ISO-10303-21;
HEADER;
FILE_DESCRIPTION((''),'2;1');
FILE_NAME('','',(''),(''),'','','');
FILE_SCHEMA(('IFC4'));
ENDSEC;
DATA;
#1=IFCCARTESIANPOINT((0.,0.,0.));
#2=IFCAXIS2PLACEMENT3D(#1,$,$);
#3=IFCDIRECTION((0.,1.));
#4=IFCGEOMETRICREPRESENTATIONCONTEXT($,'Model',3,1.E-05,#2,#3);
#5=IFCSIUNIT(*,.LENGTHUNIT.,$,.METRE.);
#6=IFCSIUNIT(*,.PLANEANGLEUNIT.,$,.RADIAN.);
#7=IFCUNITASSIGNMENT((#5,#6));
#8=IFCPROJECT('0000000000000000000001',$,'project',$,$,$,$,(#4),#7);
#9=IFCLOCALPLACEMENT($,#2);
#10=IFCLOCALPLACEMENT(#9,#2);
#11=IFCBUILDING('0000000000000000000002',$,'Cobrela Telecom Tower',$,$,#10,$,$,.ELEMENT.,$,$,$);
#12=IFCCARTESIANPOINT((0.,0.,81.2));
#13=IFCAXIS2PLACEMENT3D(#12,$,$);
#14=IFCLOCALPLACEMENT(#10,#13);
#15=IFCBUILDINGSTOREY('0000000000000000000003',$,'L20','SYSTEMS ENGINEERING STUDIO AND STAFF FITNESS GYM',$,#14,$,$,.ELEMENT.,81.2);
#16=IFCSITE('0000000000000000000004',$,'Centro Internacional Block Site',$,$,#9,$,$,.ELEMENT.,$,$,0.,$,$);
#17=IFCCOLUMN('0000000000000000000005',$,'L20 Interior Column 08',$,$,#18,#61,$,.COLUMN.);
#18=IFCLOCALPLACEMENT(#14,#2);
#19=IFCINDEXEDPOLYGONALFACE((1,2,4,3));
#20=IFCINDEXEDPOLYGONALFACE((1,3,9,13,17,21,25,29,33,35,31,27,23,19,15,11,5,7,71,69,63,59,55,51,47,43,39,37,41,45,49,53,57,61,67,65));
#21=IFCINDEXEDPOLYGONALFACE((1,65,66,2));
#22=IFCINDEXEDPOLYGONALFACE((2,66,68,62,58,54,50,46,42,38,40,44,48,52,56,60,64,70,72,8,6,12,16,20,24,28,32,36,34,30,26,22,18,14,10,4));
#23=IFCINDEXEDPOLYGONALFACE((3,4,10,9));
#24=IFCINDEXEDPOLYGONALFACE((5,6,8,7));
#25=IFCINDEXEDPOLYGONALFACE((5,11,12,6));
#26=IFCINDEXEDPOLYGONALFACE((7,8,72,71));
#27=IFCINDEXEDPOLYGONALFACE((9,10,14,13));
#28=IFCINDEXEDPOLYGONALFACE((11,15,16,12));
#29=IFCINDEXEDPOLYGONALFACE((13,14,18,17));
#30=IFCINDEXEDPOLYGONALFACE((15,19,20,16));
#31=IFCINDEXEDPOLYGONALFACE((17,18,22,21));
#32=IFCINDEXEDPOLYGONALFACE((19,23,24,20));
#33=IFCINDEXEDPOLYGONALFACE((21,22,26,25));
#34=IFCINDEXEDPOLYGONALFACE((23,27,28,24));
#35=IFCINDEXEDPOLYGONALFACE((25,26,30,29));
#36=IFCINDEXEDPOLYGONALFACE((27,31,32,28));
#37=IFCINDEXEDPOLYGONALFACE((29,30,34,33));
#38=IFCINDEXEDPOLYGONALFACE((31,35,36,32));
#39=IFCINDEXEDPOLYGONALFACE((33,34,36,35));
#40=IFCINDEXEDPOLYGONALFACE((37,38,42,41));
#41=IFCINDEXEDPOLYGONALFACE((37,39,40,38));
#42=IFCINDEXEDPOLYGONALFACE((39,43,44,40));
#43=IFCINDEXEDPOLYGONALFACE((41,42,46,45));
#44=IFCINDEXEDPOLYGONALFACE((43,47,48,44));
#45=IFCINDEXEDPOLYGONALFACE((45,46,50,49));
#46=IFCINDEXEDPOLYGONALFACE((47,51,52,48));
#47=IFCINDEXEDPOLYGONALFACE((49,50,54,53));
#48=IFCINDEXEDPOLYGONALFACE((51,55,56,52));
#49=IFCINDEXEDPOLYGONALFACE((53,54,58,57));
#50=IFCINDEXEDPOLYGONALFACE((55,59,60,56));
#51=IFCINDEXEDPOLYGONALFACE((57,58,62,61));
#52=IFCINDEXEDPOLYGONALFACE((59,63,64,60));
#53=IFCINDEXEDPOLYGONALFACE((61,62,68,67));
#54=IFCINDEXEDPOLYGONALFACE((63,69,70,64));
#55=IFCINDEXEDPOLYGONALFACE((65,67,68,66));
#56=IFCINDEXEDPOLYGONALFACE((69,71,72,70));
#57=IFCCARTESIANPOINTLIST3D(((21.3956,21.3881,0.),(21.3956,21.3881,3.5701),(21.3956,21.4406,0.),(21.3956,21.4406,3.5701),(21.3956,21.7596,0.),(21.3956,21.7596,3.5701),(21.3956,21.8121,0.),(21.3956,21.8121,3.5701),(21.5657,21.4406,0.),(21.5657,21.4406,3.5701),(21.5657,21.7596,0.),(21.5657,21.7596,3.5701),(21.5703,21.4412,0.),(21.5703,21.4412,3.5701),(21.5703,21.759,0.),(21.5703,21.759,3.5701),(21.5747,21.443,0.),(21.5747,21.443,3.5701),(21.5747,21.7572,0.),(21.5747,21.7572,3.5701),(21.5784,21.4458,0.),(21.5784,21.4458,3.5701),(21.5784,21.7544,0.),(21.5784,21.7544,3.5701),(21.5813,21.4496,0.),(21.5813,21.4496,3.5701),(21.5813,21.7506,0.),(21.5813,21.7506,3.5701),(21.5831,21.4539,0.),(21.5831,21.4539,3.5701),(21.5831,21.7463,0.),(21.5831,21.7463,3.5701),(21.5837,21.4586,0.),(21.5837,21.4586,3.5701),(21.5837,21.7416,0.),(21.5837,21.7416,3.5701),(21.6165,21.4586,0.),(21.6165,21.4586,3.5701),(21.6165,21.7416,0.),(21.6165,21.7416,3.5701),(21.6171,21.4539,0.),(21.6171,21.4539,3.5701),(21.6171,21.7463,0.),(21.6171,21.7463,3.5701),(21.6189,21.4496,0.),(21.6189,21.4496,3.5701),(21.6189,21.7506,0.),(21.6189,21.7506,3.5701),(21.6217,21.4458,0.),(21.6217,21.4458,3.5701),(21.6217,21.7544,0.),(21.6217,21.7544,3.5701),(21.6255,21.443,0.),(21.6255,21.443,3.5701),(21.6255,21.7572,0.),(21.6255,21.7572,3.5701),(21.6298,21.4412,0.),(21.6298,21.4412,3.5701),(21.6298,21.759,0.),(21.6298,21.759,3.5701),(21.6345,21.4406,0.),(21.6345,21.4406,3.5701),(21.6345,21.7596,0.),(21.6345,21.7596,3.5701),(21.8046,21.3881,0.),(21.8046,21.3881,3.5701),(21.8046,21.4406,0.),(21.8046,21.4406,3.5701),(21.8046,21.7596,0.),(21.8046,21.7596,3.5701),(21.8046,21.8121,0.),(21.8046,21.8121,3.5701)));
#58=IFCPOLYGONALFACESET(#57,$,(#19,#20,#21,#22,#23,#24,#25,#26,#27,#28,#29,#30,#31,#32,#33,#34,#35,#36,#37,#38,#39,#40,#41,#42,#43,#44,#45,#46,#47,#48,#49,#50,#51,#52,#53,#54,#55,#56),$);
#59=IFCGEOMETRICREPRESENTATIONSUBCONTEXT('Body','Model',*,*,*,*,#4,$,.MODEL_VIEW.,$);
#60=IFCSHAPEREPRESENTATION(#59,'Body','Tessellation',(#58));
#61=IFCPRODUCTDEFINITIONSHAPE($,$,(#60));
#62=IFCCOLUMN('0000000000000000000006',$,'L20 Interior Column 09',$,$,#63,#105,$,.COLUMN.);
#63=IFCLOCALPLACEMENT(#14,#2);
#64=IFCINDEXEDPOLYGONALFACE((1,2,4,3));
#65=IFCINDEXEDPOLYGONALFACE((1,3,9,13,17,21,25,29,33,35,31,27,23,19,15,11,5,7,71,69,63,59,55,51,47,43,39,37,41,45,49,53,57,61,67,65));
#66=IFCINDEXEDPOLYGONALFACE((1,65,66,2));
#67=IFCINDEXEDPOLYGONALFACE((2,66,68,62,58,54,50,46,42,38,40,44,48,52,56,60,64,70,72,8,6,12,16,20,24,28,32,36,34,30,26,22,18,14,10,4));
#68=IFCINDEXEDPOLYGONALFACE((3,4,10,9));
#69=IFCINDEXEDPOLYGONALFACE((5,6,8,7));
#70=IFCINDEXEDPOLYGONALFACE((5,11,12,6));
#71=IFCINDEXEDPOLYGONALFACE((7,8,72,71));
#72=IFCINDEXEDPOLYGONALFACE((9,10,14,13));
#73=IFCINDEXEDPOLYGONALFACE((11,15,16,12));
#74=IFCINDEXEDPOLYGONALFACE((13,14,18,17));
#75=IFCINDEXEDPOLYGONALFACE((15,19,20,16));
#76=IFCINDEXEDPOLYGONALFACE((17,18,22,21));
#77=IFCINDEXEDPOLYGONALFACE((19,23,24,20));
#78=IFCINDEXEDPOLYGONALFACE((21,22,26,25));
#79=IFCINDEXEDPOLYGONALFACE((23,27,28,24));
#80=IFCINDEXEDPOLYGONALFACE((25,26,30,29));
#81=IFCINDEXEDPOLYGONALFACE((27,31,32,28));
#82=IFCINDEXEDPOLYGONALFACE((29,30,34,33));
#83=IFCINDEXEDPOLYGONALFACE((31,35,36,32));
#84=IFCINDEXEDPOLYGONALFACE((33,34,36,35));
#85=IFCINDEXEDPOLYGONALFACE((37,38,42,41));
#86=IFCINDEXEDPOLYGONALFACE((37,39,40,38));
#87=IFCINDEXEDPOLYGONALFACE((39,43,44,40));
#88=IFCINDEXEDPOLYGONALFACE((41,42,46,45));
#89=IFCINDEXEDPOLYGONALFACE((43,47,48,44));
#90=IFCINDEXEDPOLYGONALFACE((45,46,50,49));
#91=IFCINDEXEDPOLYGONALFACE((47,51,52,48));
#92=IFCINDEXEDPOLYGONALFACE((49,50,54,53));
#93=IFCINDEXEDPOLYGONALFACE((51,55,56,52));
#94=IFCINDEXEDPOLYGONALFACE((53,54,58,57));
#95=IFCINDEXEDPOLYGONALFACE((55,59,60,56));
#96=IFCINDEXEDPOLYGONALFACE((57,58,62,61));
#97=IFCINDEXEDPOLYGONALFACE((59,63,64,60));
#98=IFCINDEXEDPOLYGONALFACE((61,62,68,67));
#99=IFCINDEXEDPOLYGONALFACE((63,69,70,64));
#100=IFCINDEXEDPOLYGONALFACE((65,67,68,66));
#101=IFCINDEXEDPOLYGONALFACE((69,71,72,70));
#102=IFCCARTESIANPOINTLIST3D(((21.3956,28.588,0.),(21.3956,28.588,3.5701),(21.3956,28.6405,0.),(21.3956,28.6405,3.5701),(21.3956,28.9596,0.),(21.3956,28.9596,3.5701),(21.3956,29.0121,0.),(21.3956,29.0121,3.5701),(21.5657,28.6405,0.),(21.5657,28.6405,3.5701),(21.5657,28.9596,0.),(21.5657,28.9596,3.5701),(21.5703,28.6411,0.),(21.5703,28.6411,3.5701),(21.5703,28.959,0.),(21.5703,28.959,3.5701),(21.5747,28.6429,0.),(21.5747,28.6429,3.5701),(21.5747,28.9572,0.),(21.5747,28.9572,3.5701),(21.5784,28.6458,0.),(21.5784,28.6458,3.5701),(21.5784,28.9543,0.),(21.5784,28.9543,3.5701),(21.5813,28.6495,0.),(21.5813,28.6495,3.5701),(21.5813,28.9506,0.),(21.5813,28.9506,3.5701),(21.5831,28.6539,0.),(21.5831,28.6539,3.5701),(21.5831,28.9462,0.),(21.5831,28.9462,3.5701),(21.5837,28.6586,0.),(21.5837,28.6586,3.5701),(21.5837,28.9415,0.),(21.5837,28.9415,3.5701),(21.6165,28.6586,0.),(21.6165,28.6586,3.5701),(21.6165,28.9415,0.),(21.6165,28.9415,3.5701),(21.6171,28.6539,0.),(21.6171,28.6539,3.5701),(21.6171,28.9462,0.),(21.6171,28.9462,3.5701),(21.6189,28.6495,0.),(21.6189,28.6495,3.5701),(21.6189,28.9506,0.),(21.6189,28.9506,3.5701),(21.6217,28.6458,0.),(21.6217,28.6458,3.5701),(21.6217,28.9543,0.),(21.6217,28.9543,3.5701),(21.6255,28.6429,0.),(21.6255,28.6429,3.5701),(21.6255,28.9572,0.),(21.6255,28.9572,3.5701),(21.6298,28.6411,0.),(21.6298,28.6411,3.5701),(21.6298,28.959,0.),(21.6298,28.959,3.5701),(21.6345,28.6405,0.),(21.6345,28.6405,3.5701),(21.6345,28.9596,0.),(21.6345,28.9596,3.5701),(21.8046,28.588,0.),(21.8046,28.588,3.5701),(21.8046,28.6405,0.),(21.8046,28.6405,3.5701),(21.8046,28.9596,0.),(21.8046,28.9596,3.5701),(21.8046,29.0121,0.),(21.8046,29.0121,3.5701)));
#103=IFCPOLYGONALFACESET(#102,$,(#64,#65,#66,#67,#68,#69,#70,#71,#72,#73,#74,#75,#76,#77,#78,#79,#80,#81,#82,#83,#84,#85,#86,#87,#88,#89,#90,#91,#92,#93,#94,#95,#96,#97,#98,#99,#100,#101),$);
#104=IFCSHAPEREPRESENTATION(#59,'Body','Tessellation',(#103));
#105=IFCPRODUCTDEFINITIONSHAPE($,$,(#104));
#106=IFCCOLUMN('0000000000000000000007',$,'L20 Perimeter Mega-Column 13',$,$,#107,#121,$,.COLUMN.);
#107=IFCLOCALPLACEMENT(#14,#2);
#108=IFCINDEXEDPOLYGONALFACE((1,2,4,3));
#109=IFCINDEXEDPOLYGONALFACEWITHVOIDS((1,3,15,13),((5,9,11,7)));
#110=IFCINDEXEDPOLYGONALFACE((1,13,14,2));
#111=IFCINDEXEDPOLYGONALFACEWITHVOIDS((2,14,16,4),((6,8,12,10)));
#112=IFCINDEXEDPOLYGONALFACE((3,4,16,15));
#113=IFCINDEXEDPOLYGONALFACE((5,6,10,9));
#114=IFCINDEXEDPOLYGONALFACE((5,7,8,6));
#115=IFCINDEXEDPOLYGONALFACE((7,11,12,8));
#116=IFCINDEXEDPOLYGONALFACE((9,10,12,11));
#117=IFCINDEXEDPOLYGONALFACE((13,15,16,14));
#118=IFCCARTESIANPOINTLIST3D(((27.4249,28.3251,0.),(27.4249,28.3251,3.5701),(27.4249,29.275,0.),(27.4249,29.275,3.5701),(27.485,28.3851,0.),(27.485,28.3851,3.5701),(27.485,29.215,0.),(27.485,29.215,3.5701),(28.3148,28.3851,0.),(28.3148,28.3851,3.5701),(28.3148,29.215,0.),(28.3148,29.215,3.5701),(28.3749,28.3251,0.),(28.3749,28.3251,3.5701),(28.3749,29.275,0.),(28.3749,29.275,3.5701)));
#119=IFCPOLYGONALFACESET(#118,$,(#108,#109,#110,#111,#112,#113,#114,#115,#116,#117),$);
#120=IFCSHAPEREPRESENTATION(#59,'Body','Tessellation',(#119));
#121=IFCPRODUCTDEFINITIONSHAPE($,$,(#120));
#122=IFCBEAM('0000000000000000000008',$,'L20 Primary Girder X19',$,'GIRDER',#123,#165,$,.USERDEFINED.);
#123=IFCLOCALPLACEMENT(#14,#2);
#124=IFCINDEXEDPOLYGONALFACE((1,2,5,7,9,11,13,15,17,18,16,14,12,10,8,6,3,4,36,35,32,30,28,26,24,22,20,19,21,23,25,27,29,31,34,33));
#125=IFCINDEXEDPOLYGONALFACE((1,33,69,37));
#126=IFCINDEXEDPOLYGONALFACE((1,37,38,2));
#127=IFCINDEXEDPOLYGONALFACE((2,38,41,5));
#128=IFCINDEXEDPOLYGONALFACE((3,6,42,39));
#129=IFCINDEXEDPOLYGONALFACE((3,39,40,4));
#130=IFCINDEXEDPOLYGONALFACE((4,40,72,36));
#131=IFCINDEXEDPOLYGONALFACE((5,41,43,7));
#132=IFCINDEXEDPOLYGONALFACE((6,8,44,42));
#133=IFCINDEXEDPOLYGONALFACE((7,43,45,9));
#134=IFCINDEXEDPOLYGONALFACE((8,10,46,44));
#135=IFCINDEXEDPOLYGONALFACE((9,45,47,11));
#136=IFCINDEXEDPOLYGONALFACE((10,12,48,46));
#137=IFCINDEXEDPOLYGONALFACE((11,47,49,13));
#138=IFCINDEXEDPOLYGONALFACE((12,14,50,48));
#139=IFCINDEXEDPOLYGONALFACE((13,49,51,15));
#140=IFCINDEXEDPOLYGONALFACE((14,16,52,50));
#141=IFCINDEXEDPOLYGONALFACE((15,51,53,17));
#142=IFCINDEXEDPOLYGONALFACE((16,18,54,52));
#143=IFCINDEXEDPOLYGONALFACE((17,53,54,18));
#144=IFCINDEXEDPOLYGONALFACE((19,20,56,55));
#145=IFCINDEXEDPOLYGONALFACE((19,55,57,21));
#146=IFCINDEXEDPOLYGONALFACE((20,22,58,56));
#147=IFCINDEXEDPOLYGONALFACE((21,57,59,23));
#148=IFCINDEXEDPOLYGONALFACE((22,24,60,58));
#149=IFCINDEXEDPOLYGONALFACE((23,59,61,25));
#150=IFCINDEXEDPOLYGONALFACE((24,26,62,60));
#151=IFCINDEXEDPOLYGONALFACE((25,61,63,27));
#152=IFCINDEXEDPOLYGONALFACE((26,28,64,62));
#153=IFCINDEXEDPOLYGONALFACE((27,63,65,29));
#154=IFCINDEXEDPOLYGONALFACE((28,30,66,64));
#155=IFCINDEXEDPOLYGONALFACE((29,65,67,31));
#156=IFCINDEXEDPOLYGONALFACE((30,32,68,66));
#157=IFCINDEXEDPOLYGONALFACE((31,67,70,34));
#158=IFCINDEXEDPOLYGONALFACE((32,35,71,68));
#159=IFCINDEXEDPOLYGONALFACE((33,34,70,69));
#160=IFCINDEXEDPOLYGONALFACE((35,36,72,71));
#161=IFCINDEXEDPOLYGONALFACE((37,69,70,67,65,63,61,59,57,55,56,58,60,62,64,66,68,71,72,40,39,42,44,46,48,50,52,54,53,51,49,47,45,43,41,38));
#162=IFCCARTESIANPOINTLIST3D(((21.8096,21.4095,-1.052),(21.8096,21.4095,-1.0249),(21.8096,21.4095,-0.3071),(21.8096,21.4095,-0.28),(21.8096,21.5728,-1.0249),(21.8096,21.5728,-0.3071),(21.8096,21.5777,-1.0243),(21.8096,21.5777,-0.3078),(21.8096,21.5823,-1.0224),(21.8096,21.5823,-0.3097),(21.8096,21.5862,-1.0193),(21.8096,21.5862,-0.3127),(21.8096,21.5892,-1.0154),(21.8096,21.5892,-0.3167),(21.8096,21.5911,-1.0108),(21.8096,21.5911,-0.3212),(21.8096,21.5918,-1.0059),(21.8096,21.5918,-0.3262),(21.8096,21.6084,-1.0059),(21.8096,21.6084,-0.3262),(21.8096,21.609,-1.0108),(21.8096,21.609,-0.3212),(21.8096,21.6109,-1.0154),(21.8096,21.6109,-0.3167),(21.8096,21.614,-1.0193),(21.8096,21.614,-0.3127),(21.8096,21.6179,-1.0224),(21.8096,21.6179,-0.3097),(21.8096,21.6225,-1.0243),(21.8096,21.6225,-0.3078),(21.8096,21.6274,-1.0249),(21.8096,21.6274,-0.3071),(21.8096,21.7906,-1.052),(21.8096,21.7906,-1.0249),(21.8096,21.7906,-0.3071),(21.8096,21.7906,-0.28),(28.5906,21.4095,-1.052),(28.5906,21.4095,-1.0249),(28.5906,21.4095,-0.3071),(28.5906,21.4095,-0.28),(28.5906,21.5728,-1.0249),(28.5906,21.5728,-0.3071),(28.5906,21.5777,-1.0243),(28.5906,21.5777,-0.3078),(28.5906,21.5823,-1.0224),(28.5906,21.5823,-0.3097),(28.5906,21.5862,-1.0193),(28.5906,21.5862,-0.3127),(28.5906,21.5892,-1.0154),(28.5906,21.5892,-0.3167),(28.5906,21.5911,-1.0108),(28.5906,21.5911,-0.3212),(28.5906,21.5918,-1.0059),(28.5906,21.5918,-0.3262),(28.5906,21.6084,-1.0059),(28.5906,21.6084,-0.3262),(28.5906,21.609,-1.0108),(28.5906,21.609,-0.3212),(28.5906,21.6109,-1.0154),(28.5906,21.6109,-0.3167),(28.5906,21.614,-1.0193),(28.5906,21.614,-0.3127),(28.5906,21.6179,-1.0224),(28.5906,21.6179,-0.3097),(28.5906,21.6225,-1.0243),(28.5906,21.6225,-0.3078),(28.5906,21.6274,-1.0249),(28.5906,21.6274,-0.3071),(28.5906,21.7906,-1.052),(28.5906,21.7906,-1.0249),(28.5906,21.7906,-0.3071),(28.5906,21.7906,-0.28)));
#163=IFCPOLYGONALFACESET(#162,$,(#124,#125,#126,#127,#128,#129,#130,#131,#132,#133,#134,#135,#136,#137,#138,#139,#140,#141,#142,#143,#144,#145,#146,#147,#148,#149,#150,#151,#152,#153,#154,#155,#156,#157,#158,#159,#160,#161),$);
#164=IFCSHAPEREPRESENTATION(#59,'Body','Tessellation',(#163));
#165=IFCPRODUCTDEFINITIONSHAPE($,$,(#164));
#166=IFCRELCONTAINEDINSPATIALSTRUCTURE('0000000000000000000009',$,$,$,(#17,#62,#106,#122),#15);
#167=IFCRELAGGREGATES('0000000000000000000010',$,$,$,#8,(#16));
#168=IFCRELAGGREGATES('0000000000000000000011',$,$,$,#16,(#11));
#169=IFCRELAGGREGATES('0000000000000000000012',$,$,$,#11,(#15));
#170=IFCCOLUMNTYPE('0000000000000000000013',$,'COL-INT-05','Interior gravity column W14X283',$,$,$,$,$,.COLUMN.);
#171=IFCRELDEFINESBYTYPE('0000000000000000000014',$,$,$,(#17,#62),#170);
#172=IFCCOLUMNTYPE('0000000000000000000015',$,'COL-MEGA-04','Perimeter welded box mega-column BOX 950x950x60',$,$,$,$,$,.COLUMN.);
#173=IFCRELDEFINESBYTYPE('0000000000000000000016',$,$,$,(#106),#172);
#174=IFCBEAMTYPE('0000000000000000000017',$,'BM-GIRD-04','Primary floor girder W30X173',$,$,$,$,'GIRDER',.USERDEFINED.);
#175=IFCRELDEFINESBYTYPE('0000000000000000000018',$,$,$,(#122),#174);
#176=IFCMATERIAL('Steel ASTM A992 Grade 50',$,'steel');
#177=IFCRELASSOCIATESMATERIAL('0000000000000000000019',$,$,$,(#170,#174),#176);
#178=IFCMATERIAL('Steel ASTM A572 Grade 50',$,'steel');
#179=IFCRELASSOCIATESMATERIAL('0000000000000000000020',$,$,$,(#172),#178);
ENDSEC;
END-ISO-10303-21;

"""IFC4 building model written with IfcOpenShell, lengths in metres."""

from ifc_helpers import new_model, si_unit, direction, frame, origin, origin_2d, place, context, subcontext, project, spatial, hollow_rectangle, i_section, extrude, material, material_profile, profile_set, type_object, element, save


model = new_model("IFC4")

# Units and contexts
model_context = context("Model", 3, precision=1e-05, world=origin(), true_north=direction((0.0, 1.0)))
body_context = subcontext(model_context, "Body", "Model", "MODEL_VIEW")
ifc_project = project(units=[si_unit("LENGTHUNIT", "METRE"), si_unit("PLANEANGLEUNIT", "RADIAN")], contexts=[model_context])

# Site, building, storey
site_placement = place(None, origin())
site = spatial("IfcSite", under=ifc_project, at=site_placement, Name="Centro Internacional Block Site", CompositionType="ELEMENT", RefElevation=0.0)
building_placement = place(site_placement, origin())
building = spatial("IfcBuilding", under=site, at=building_placement, Name="Cobrela Telecom Tower", CompositionType="ELEMENT")
storey_placement = place(building_placement, frame((0.0, 0.0, 81.2)))
storey = spatial("IfcBuildingStorey", under=building, at=storey_placement, Name="L20", Description="SYSTEMS ENGINEERING STUDIO AND STAFF FITNESS GYM", CompositionType="ELEMENT", Elevation=81.2)

# Columns
ifc_material_1 = material(Name="Steel ASTM A992 Grade 50", Category="steel")
ifc_material_profile_1 = material_profile(ifc_material_1, i_section(OverallWidth=0.4089, OverallDepth=0.4241, WebThickness=0.0327, FlangeThickness=0.0525, FilletRadius=0.0181, at=origin_2d()), Name="W14X283")
ifc_profile_set_1 = profile_set([ifc_material_profile_1], Name="Steel ASTM A992 Grade 50")
column_type_1 = type_object("IfcColumnType", Name="COL-INT-05", Description="Interior gravity column W14X283", PredefinedType="COLUMN", material=ifc_profile_set_1)
for number, where, z_axis, x_axis, name in (
    (1, (21.6001, 21.6001, 0.0), (0.0, 0.0, 1.0), (1.0, 0.0, 0.0), "L20 Interior Column 08"),
    (2, (21.6001, 28.8, 0.0), (0.0, 0.0, 1.0), (1.0, 0.0, 0.0), "L20 Interior Column 09"),
):
    element("IfcColumn", number, at=place(storey_placement, frame(where, z_axis=z_axis, x_axis=x_axis)), inside=storey, type_object=column_type_1, Name=name, PredefinedType="COLUMN", context=body_context, shape_type="SweptSolid", body=[
        extrude(i_section(OverallWidth=0.4089, OverallDepth=0.4241, WebThickness=0.0327, FlangeThickness=0.0525, FilletRadius=0.0181, at=origin_2d()), origin(), (0.0, 0.0, 1.0), 3.5701),
    ])
ifc_material_2 = material(Name="Steel ASTM A572 Grade 50", Category="steel")
ifc_material_profile_2 = material_profile(ifc_material_2, hollow_rectangle(XDim=0.95, YDim=0.95, WallThickness=0.0601, at=origin_2d()), Name="BOX 950x950x60")
ifc_profile_set_2 = profile_set([ifc_material_profile_2], Name="Steel ASTM A572 Grade 50")
column_type_2 = type_object("IfcColumnType", Name="COL-MEGA-04", Description="Perimeter welded box mega-column BOX 950x950x60", PredefinedType="COLUMN", material=ifc_profile_set_2)
column_placement = place(storey_placement, frame((27.8999, 28.8, 0.0), z_axis=(0.0, 0.0, 1.0), x_axis=(1.0, 0.0, 0.0)))
element("IfcColumn", 3, at=column_placement, inside=storey, type_object=column_type_2, Name="L20 Perimeter Mega-Column 13", PredefinedType="COLUMN", context=body_context, shape_type="SweptSolid", body=[
    extrude(hollow_rectangle(XDim=0.95, YDim=0.95, WallThickness=0.0601, at=origin_2d()), origin(), (0.0, 0.0, 1.0), 3.5701),
])

# Beam
ifc_material_profile_3 = material_profile(ifc_material_1, i_section(OverallWidth=0.3811, OverallDepth=0.772, WebThickness=0.0166, FlangeThickness=0.0271, FilletRadius=0.019, at=origin_2d()), Name="W30X173")
ifc_profile_set_3 = profile_set([ifc_material_profile_3], Name="Steel ASTM A992 Grade 50")
beam_type_1 = type_object("IfcBeamType", Name="BM-GIRD-04", Description="Primary floor girder W30X173", ElementType="GIRDER", PredefinedType="USERDEFINED", material=ifc_profile_set_3)
beam_1_placement = place(storey_placement, frame((21.8096, 21.6001, -0.666), z_axis=(1.0, 0.0, 0.0), x_axis=(0.0, 1.0, 0.0)))
element("IfcBeam", 4, at=beam_1_placement, inside=storey, type_object=beam_type_1, Name="L20 Primary Girder X19", ObjectType="GIRDER", PredefinedType="USERDEFINED", context=body_context, shape_type="SweptSolid", body=[
    extrude(i_section(OverallWidth=0.3811, OverallDepth=0.772, WebThickness=0.0166, FlangeThickness=0.0271, FilletRadius=0.019, at=origin_2d()), origin(), (0.0, 0.0, 1.0), 6.781),
])

save(model, "model.ifc")
